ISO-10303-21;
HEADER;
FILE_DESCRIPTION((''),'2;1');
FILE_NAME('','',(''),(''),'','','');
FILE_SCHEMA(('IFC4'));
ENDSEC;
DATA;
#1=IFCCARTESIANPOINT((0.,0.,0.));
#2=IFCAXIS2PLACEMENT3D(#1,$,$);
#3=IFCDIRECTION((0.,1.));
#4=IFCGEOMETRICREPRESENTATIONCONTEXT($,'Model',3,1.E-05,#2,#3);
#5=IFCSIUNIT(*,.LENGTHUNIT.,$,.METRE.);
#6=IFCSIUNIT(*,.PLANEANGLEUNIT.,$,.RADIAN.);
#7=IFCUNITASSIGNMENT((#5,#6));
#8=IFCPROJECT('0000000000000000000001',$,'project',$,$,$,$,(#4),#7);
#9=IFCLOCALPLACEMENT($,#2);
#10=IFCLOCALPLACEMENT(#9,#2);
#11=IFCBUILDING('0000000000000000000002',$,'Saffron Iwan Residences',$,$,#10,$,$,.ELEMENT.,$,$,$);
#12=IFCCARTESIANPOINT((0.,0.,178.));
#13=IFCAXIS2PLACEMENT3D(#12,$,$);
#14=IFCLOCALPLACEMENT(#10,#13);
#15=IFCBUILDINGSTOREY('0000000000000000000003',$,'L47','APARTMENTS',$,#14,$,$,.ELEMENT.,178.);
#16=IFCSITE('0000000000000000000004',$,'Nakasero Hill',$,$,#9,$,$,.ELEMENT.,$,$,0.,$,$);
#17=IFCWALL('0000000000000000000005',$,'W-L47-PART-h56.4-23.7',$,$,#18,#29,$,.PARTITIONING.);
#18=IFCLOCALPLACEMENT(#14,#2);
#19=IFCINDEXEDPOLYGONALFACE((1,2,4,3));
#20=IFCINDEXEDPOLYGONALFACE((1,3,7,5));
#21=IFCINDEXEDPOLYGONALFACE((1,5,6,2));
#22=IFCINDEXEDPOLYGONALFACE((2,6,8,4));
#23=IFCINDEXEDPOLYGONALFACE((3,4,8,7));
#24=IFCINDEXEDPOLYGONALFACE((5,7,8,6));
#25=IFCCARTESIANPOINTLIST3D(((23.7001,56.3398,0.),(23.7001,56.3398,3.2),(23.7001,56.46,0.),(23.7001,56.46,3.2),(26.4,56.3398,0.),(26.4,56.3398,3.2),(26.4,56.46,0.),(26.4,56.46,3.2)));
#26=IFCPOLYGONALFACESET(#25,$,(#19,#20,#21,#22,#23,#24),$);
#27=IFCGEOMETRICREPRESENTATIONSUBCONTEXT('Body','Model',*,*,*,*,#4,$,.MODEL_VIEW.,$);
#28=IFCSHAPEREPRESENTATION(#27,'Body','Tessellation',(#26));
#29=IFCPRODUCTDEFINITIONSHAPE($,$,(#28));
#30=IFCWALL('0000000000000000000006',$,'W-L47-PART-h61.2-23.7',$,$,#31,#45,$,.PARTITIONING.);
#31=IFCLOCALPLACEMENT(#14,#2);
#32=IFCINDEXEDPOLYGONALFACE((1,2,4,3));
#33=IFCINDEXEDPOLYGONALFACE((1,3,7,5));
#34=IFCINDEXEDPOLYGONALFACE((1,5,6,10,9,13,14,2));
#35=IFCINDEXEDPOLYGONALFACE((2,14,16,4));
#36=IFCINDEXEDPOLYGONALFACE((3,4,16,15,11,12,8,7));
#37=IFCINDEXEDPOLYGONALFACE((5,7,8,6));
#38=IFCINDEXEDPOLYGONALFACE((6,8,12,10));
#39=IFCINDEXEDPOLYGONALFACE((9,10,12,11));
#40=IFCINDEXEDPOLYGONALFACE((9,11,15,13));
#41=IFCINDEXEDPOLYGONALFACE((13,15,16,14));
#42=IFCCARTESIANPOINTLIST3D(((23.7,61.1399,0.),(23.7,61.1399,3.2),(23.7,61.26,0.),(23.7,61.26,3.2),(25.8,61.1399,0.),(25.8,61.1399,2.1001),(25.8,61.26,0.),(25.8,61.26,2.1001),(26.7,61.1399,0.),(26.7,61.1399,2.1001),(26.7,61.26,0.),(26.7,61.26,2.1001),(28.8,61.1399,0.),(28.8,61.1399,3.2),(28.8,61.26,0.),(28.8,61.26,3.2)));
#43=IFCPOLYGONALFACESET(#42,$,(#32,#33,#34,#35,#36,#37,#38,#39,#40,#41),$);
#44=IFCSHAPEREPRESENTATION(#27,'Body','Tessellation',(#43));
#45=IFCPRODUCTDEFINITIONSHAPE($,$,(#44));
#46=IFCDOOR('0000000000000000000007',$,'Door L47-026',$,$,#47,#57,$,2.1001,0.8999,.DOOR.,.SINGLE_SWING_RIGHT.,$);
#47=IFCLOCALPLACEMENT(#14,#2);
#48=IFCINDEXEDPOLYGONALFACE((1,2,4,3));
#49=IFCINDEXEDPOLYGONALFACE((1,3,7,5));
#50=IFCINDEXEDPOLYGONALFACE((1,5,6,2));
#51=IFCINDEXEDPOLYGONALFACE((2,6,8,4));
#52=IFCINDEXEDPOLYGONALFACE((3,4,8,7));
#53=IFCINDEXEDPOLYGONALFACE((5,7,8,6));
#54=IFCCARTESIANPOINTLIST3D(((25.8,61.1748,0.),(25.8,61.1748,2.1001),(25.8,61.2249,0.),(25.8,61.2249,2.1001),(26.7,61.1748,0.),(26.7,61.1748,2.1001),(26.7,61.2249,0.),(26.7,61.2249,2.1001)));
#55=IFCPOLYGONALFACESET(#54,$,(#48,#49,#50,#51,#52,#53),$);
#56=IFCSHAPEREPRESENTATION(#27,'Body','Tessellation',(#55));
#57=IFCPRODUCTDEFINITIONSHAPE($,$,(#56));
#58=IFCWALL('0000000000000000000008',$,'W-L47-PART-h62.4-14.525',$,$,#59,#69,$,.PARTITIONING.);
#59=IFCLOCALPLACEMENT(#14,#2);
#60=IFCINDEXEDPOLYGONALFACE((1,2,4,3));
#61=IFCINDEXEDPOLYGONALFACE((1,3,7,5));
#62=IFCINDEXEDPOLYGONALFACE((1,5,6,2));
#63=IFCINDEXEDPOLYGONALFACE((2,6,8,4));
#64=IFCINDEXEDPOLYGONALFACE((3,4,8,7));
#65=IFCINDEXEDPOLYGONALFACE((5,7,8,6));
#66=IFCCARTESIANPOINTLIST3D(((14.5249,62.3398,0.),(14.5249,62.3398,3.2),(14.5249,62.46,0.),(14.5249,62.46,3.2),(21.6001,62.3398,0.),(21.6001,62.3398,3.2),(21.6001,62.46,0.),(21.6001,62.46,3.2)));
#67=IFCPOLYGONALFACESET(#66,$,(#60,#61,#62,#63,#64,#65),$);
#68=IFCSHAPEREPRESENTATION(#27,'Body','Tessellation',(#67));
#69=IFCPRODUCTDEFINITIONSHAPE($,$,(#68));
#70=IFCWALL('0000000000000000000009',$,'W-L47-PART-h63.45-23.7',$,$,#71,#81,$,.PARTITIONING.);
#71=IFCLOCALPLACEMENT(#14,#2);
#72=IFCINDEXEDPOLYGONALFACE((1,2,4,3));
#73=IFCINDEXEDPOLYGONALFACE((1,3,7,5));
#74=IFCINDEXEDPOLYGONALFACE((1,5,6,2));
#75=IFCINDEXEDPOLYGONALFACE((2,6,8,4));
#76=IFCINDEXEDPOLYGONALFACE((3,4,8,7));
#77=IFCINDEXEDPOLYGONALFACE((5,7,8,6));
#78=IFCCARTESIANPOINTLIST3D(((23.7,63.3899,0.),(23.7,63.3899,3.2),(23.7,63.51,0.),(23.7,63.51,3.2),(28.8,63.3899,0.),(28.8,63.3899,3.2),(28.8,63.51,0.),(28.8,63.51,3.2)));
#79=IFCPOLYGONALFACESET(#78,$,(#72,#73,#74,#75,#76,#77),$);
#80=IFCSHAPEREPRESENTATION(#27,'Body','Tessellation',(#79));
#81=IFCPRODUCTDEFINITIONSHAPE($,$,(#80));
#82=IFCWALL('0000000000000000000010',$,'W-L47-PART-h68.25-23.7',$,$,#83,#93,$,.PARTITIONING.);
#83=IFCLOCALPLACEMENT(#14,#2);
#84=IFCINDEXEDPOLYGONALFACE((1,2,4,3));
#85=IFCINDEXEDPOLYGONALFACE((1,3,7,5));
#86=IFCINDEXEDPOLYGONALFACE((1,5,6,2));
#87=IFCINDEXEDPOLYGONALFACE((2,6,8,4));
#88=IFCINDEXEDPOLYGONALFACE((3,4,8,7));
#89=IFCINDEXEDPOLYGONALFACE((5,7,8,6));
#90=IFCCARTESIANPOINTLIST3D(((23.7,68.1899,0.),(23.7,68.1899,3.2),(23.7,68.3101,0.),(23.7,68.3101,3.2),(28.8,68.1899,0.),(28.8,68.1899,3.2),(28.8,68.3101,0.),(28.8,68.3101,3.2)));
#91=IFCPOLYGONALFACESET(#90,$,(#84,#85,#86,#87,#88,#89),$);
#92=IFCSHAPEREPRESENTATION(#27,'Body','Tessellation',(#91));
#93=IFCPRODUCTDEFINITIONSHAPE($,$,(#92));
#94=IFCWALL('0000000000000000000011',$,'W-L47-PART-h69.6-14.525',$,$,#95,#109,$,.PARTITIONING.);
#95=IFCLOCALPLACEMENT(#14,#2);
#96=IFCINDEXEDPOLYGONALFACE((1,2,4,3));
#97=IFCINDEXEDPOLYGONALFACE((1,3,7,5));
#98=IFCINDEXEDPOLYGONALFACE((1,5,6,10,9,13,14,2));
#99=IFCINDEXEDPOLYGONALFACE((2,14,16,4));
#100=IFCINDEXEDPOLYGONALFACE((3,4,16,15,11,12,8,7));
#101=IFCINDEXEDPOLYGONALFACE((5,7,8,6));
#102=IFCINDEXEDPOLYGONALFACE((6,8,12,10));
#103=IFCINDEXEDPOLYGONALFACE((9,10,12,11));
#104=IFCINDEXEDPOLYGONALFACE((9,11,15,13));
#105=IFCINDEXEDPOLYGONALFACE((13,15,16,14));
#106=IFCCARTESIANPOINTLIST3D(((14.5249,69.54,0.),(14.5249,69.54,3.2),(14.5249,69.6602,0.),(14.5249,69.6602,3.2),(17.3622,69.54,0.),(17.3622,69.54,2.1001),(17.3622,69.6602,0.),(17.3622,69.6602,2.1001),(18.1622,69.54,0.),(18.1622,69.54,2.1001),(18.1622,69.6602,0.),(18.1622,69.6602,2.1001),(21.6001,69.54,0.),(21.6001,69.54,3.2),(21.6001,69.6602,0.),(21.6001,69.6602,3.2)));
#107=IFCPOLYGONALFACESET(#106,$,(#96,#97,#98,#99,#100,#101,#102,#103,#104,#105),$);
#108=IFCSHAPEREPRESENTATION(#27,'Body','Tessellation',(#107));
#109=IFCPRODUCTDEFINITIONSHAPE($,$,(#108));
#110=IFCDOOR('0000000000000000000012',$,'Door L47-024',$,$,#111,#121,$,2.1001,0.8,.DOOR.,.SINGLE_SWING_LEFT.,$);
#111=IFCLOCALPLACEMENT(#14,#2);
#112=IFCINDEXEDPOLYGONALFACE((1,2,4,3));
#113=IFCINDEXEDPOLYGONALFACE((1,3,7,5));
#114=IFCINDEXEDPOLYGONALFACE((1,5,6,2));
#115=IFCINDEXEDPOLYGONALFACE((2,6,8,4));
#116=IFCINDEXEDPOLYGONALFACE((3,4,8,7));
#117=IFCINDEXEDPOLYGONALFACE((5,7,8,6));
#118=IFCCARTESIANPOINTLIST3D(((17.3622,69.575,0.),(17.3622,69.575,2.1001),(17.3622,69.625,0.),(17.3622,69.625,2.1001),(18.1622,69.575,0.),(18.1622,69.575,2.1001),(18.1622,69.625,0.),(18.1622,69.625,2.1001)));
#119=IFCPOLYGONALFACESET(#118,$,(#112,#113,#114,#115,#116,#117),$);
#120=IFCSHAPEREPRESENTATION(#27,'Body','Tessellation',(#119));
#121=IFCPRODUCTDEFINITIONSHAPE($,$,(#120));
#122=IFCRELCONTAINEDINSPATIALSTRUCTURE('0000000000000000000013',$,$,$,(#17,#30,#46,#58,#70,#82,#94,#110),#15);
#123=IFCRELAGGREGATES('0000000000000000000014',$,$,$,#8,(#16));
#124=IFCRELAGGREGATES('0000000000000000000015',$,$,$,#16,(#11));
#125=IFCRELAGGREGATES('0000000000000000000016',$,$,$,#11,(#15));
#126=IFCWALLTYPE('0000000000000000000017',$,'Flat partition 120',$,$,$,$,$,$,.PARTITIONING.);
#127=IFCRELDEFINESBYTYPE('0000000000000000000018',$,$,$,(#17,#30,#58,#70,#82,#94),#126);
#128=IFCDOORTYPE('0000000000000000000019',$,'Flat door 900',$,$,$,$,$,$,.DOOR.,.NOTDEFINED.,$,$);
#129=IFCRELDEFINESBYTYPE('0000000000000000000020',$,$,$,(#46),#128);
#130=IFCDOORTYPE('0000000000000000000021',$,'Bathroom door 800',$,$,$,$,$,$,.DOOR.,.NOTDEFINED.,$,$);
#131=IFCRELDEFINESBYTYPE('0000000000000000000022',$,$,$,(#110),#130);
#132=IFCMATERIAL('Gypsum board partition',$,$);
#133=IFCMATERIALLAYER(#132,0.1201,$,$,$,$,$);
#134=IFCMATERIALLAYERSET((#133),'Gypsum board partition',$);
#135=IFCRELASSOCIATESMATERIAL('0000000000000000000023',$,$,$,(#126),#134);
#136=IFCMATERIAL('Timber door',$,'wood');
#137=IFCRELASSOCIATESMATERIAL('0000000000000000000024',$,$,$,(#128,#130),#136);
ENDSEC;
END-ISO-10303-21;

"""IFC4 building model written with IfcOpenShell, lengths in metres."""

from ifc_helpers import new_model, si_unit, direction, frame, frame_2d, origin, place, context, subcontext, project, spatial, rectangle, extrude, material, layer, layer_set, type_object, element, fill, save


model = new_model("IFC4")

# Units and contexts
model_context = context("Model", 3, precision=1e-05, world=origin(), true_north=direction((0.0, 1.0)))
body_context = subcontext(model_context, "Body", "Model", "MODEL_VIEW")
ifc_project = project(units=[si_unit("LENGTHUNIT", "METRE"), si_unit("PLANEANGLEUNIT", "RADIAN")], contexts=[model_context])

# Site, building, storey
site_placement = place(None, origin())
site = spatial("IfcSite", under=ifc_project, at=site_placement, Name="Nakasero Hill", CompositionType="ELEMENT", RefElevation=0.0)
building_placement = place(site_placement, origin())
building = spatial("IfcBuilding", under=site, at=building_placement, Name="Saffron Iwan Residences", CompositionType="ELEMENT")
storey_placement = place(building_placement, frame((0.0, 0.0, 178.0)))
storey = spatial("IfcBuildingStorey", under=building, at=storey_placement, Name="L47", Description="APARTMENTS", CompositionType="ELEMENT", Elevation=178.0)

# Wall
ifc_material_1 = material(Name="Gypsum board partition")
ifc_layer_1 = layer(ifc_material_1, 0.1201)
ifc_layer_set_1 = layer_set([ifc_layer_1], Name="Gypsum board partition")
wall_type_1 = type_object("IfcWallType", Name="Flat partition 120", PredefinedType="PARTITIONING", material=ifc_layer_set_1)
wall_1_placement = place(storey_placement, frame((23.7, 56.3999, 0.0), z_axis=(0.0, 0.0, 1.0), x_axis=(1.0, 0.0, 0.0)))
element("IfcWall", 1, at=wall_1_placement, inside=storey, type_object=wall_type_1, Name="W-L47-PART-h56.4-23.7", PredefinedType="PARTITIONING", context=body_context, shape_type="SweptSolid", body=[
    extrude(rectangle(XDim=2.7, YDim=0.1201, at=frame_2d((1.3501, 0.0))), origin(), (0.0, 0.0, 1.0), 3.2),
])

# Wall, opening, door
wall_2_placement = place(storey_placement, frame((23.7, 61.2, 0.0), z_axis=(0.0, 0.0, 1.0), x_axis=(1.0, 0.0, 0.0)))
wall_2 = element("IfcWall", 2, at=wall_2_placement, inside=storey, type_object=wall_type_1, Name="W-L47-PART-h61.2-23.7", PredefinedType="PARTITIONING", context=body_context, shape_type="SweptSolid", body=[
    extrude(rectangle(XDim=5.1001, YDim=0.1201, at=frame_2d((2.55, 0.0))), origin(), (0.0, 0.0, 1.0), 3.2),
])
opening_1_placement = place(wall_2_placement, frame((2.1001, 0.0, 0.0)))
opening_1 = element("IfcOpeningElement", 3, at=opening_1_placement, cuts=wall_2, PredefinedType="OPENING", context=body_context, shape_type="SweptSolid", body=[
    extrude(rectangle(XDim=0.8999, YDim=2.1001, at=frame_2d((0.45, 1.05))), frame((0.0, 0.0701, 0.0), z_axis=(0.0, -1.0, 0.0), x_axis=(1.0, 0.0, 0.0)), (0.0, 0.0, 1.0), 0.1401),
])
ifc_material_2 = material(Name="Timber door", Category="wood")
door_type_1 = type_object("IfcDoorType", Name="Flat door 900", OperationType="NOTDEFINED", PredefinedType="DOOR", material=ifc_material_2)
door_1_placement = place(opening_1_placement, origin())
door_1 = element("IfcDoor", 4, at=door_1_placement, inside=storey, type_object=door_type_1, Name="Door L47-026", OperationType="SINGLE_SWING_RIGHT", OverallHeight=2.1001, OverallWidth=0.8999, PredefinedType="DOOR", context=body_context, shape_type="SweptSolid", body=[
    extrude(rectangle(XDim=0.8999, YDim=2.1001, at=frame_2d((0.45, 1.05))), frame((0.0, 0.0249, 0.0), z_axis=(0.0, -1.0, 0.0), x_axis=(1.0, 0.0, 0.0)), (0.0, 0.0, 1.0), 0.05),
])
fill(opening_1, door_1)

# Walls
wall_3_placement = place(storey_placement, frame((14.5249, 62.3999, 0.0), z_axis=(0.0, 0.0, 1.0), x_axis=(1.0, 0.0, 0.0)))
element("IfcWall", 5, at=wall_3_placement, inside=storey, type_object=wall_type_1, Name="W-L47-PART-h62.4-14.525", PredefinedType="PARTITIONING", context=body_context, shape_type="SweptSolid", body=[
    extrude(rectangle(XDim=7.0752, YDim=0.1201, at=frame_2d((3.5376, 0.0))), origin(), (0.0, 0.0, 1.0), 3.2),
])
for number, where, z_axis, x_axis, name in (
    (6, (23.7, 63.45, 0.0), (0.0, 0.0, 1.0), (1.0, 0.0, 0.0), "W-L47-PART-h63.45-23.7"),
    (7, (23.7, 68.25, 0.0), (0.0, 0.0, 1.0), (1.0, 0.0, 0.0), "W-L47-PART-h68.25-23.7"),
):
    element("IfcWall", number, at=place(storey_placement, frame(where, z_axis=z_axis, x_axis=x_axis)), inside=storey, type_object=wall_type_1, Name=name, PredefinedType="PARTITIONING", context=body_context, shape_type="SweptSolid", body=[
        extrude(rectangle(XDim=5.1001, YDim=0.1201, at=frame_2d((2.55, 0.0))), origin(), (0.0, 0.0, 1.0), 3.2),
    ])

# Wall, opening, door
wall_4_placement = place(storey_placement, frame((14.5249, 69.6001, 0.0), z_axis=(0.0, 0.0, 1.0), x_axis=(1.0, 0.0, 0.0)))
wall_4 = element("IfcWall", 8, at=wall_4_placement, inside=storey, type_object=wall_type_1, Name="W-L47-PART-h69.6-14.525", PredefinedType="PARTITIONING", context=body_context, shape_type="SweptSolid", body=[
    extrude(rectangle(XDim=7.0752, YDim=0.1201, at=frame_2d((3.5376, 0.0))), origin(), (0.0, 0.0, 1.0), 3.2),
])
opening_2_placement = place(wall_4_placement, frame((2.8374, 0.0, 0.0)))
opening_2 = element("IfcOpeningElement", 9, at=opening_2_placement, cuts=wall_4, PredefinedType="OPENING", context=body_context, shape_type="SweptSolid", body=[
    extrude(rectangle(XDim=0.8, YDim=2.1001, at=frame_2d((0.3999, 1.05))), frame((0.0, 0.0701, 0.0), z_axis=(0.0, -1.0, 0.0), x_axis=(1.0, 0.0, 0.0)), (0.0, 0.0, 1.0), 0.1401),
])
door_type_2 = type_object("IfcDoorType", Name="Bathroom door 800", OperationType="NOTDEFINED", PredefinedType="DOOR", material=ifc_material_2)
door_2_placement = place(opening_2_placement, origin())
door_2 = element("IfcDoor", 10, at=door_2_placement, inside=storey, type_object=door_type_2, Name="Door L47-024", OperationType="SINGLE_SWING_LEFT", OverallHeight=2.1001, OverallWidth=0.8, PredefinedType="DOOR", context=body_context, shape_type="SweptSolid", body=[
    extrude(rectangle(XDim=0.8, YDim=2.1001, at=frame_2d((0.3999, 1.05))), frame((0.0, 0.0249, 0.0), z_axis=(0.0, -1.0, 0.0), x_axis=(1.0, 0.0, 0.0)), (0.0, 0.0, 1.0), 0.05),
])
fill(opening_2, door_2)

save(model, "model.ifc")
